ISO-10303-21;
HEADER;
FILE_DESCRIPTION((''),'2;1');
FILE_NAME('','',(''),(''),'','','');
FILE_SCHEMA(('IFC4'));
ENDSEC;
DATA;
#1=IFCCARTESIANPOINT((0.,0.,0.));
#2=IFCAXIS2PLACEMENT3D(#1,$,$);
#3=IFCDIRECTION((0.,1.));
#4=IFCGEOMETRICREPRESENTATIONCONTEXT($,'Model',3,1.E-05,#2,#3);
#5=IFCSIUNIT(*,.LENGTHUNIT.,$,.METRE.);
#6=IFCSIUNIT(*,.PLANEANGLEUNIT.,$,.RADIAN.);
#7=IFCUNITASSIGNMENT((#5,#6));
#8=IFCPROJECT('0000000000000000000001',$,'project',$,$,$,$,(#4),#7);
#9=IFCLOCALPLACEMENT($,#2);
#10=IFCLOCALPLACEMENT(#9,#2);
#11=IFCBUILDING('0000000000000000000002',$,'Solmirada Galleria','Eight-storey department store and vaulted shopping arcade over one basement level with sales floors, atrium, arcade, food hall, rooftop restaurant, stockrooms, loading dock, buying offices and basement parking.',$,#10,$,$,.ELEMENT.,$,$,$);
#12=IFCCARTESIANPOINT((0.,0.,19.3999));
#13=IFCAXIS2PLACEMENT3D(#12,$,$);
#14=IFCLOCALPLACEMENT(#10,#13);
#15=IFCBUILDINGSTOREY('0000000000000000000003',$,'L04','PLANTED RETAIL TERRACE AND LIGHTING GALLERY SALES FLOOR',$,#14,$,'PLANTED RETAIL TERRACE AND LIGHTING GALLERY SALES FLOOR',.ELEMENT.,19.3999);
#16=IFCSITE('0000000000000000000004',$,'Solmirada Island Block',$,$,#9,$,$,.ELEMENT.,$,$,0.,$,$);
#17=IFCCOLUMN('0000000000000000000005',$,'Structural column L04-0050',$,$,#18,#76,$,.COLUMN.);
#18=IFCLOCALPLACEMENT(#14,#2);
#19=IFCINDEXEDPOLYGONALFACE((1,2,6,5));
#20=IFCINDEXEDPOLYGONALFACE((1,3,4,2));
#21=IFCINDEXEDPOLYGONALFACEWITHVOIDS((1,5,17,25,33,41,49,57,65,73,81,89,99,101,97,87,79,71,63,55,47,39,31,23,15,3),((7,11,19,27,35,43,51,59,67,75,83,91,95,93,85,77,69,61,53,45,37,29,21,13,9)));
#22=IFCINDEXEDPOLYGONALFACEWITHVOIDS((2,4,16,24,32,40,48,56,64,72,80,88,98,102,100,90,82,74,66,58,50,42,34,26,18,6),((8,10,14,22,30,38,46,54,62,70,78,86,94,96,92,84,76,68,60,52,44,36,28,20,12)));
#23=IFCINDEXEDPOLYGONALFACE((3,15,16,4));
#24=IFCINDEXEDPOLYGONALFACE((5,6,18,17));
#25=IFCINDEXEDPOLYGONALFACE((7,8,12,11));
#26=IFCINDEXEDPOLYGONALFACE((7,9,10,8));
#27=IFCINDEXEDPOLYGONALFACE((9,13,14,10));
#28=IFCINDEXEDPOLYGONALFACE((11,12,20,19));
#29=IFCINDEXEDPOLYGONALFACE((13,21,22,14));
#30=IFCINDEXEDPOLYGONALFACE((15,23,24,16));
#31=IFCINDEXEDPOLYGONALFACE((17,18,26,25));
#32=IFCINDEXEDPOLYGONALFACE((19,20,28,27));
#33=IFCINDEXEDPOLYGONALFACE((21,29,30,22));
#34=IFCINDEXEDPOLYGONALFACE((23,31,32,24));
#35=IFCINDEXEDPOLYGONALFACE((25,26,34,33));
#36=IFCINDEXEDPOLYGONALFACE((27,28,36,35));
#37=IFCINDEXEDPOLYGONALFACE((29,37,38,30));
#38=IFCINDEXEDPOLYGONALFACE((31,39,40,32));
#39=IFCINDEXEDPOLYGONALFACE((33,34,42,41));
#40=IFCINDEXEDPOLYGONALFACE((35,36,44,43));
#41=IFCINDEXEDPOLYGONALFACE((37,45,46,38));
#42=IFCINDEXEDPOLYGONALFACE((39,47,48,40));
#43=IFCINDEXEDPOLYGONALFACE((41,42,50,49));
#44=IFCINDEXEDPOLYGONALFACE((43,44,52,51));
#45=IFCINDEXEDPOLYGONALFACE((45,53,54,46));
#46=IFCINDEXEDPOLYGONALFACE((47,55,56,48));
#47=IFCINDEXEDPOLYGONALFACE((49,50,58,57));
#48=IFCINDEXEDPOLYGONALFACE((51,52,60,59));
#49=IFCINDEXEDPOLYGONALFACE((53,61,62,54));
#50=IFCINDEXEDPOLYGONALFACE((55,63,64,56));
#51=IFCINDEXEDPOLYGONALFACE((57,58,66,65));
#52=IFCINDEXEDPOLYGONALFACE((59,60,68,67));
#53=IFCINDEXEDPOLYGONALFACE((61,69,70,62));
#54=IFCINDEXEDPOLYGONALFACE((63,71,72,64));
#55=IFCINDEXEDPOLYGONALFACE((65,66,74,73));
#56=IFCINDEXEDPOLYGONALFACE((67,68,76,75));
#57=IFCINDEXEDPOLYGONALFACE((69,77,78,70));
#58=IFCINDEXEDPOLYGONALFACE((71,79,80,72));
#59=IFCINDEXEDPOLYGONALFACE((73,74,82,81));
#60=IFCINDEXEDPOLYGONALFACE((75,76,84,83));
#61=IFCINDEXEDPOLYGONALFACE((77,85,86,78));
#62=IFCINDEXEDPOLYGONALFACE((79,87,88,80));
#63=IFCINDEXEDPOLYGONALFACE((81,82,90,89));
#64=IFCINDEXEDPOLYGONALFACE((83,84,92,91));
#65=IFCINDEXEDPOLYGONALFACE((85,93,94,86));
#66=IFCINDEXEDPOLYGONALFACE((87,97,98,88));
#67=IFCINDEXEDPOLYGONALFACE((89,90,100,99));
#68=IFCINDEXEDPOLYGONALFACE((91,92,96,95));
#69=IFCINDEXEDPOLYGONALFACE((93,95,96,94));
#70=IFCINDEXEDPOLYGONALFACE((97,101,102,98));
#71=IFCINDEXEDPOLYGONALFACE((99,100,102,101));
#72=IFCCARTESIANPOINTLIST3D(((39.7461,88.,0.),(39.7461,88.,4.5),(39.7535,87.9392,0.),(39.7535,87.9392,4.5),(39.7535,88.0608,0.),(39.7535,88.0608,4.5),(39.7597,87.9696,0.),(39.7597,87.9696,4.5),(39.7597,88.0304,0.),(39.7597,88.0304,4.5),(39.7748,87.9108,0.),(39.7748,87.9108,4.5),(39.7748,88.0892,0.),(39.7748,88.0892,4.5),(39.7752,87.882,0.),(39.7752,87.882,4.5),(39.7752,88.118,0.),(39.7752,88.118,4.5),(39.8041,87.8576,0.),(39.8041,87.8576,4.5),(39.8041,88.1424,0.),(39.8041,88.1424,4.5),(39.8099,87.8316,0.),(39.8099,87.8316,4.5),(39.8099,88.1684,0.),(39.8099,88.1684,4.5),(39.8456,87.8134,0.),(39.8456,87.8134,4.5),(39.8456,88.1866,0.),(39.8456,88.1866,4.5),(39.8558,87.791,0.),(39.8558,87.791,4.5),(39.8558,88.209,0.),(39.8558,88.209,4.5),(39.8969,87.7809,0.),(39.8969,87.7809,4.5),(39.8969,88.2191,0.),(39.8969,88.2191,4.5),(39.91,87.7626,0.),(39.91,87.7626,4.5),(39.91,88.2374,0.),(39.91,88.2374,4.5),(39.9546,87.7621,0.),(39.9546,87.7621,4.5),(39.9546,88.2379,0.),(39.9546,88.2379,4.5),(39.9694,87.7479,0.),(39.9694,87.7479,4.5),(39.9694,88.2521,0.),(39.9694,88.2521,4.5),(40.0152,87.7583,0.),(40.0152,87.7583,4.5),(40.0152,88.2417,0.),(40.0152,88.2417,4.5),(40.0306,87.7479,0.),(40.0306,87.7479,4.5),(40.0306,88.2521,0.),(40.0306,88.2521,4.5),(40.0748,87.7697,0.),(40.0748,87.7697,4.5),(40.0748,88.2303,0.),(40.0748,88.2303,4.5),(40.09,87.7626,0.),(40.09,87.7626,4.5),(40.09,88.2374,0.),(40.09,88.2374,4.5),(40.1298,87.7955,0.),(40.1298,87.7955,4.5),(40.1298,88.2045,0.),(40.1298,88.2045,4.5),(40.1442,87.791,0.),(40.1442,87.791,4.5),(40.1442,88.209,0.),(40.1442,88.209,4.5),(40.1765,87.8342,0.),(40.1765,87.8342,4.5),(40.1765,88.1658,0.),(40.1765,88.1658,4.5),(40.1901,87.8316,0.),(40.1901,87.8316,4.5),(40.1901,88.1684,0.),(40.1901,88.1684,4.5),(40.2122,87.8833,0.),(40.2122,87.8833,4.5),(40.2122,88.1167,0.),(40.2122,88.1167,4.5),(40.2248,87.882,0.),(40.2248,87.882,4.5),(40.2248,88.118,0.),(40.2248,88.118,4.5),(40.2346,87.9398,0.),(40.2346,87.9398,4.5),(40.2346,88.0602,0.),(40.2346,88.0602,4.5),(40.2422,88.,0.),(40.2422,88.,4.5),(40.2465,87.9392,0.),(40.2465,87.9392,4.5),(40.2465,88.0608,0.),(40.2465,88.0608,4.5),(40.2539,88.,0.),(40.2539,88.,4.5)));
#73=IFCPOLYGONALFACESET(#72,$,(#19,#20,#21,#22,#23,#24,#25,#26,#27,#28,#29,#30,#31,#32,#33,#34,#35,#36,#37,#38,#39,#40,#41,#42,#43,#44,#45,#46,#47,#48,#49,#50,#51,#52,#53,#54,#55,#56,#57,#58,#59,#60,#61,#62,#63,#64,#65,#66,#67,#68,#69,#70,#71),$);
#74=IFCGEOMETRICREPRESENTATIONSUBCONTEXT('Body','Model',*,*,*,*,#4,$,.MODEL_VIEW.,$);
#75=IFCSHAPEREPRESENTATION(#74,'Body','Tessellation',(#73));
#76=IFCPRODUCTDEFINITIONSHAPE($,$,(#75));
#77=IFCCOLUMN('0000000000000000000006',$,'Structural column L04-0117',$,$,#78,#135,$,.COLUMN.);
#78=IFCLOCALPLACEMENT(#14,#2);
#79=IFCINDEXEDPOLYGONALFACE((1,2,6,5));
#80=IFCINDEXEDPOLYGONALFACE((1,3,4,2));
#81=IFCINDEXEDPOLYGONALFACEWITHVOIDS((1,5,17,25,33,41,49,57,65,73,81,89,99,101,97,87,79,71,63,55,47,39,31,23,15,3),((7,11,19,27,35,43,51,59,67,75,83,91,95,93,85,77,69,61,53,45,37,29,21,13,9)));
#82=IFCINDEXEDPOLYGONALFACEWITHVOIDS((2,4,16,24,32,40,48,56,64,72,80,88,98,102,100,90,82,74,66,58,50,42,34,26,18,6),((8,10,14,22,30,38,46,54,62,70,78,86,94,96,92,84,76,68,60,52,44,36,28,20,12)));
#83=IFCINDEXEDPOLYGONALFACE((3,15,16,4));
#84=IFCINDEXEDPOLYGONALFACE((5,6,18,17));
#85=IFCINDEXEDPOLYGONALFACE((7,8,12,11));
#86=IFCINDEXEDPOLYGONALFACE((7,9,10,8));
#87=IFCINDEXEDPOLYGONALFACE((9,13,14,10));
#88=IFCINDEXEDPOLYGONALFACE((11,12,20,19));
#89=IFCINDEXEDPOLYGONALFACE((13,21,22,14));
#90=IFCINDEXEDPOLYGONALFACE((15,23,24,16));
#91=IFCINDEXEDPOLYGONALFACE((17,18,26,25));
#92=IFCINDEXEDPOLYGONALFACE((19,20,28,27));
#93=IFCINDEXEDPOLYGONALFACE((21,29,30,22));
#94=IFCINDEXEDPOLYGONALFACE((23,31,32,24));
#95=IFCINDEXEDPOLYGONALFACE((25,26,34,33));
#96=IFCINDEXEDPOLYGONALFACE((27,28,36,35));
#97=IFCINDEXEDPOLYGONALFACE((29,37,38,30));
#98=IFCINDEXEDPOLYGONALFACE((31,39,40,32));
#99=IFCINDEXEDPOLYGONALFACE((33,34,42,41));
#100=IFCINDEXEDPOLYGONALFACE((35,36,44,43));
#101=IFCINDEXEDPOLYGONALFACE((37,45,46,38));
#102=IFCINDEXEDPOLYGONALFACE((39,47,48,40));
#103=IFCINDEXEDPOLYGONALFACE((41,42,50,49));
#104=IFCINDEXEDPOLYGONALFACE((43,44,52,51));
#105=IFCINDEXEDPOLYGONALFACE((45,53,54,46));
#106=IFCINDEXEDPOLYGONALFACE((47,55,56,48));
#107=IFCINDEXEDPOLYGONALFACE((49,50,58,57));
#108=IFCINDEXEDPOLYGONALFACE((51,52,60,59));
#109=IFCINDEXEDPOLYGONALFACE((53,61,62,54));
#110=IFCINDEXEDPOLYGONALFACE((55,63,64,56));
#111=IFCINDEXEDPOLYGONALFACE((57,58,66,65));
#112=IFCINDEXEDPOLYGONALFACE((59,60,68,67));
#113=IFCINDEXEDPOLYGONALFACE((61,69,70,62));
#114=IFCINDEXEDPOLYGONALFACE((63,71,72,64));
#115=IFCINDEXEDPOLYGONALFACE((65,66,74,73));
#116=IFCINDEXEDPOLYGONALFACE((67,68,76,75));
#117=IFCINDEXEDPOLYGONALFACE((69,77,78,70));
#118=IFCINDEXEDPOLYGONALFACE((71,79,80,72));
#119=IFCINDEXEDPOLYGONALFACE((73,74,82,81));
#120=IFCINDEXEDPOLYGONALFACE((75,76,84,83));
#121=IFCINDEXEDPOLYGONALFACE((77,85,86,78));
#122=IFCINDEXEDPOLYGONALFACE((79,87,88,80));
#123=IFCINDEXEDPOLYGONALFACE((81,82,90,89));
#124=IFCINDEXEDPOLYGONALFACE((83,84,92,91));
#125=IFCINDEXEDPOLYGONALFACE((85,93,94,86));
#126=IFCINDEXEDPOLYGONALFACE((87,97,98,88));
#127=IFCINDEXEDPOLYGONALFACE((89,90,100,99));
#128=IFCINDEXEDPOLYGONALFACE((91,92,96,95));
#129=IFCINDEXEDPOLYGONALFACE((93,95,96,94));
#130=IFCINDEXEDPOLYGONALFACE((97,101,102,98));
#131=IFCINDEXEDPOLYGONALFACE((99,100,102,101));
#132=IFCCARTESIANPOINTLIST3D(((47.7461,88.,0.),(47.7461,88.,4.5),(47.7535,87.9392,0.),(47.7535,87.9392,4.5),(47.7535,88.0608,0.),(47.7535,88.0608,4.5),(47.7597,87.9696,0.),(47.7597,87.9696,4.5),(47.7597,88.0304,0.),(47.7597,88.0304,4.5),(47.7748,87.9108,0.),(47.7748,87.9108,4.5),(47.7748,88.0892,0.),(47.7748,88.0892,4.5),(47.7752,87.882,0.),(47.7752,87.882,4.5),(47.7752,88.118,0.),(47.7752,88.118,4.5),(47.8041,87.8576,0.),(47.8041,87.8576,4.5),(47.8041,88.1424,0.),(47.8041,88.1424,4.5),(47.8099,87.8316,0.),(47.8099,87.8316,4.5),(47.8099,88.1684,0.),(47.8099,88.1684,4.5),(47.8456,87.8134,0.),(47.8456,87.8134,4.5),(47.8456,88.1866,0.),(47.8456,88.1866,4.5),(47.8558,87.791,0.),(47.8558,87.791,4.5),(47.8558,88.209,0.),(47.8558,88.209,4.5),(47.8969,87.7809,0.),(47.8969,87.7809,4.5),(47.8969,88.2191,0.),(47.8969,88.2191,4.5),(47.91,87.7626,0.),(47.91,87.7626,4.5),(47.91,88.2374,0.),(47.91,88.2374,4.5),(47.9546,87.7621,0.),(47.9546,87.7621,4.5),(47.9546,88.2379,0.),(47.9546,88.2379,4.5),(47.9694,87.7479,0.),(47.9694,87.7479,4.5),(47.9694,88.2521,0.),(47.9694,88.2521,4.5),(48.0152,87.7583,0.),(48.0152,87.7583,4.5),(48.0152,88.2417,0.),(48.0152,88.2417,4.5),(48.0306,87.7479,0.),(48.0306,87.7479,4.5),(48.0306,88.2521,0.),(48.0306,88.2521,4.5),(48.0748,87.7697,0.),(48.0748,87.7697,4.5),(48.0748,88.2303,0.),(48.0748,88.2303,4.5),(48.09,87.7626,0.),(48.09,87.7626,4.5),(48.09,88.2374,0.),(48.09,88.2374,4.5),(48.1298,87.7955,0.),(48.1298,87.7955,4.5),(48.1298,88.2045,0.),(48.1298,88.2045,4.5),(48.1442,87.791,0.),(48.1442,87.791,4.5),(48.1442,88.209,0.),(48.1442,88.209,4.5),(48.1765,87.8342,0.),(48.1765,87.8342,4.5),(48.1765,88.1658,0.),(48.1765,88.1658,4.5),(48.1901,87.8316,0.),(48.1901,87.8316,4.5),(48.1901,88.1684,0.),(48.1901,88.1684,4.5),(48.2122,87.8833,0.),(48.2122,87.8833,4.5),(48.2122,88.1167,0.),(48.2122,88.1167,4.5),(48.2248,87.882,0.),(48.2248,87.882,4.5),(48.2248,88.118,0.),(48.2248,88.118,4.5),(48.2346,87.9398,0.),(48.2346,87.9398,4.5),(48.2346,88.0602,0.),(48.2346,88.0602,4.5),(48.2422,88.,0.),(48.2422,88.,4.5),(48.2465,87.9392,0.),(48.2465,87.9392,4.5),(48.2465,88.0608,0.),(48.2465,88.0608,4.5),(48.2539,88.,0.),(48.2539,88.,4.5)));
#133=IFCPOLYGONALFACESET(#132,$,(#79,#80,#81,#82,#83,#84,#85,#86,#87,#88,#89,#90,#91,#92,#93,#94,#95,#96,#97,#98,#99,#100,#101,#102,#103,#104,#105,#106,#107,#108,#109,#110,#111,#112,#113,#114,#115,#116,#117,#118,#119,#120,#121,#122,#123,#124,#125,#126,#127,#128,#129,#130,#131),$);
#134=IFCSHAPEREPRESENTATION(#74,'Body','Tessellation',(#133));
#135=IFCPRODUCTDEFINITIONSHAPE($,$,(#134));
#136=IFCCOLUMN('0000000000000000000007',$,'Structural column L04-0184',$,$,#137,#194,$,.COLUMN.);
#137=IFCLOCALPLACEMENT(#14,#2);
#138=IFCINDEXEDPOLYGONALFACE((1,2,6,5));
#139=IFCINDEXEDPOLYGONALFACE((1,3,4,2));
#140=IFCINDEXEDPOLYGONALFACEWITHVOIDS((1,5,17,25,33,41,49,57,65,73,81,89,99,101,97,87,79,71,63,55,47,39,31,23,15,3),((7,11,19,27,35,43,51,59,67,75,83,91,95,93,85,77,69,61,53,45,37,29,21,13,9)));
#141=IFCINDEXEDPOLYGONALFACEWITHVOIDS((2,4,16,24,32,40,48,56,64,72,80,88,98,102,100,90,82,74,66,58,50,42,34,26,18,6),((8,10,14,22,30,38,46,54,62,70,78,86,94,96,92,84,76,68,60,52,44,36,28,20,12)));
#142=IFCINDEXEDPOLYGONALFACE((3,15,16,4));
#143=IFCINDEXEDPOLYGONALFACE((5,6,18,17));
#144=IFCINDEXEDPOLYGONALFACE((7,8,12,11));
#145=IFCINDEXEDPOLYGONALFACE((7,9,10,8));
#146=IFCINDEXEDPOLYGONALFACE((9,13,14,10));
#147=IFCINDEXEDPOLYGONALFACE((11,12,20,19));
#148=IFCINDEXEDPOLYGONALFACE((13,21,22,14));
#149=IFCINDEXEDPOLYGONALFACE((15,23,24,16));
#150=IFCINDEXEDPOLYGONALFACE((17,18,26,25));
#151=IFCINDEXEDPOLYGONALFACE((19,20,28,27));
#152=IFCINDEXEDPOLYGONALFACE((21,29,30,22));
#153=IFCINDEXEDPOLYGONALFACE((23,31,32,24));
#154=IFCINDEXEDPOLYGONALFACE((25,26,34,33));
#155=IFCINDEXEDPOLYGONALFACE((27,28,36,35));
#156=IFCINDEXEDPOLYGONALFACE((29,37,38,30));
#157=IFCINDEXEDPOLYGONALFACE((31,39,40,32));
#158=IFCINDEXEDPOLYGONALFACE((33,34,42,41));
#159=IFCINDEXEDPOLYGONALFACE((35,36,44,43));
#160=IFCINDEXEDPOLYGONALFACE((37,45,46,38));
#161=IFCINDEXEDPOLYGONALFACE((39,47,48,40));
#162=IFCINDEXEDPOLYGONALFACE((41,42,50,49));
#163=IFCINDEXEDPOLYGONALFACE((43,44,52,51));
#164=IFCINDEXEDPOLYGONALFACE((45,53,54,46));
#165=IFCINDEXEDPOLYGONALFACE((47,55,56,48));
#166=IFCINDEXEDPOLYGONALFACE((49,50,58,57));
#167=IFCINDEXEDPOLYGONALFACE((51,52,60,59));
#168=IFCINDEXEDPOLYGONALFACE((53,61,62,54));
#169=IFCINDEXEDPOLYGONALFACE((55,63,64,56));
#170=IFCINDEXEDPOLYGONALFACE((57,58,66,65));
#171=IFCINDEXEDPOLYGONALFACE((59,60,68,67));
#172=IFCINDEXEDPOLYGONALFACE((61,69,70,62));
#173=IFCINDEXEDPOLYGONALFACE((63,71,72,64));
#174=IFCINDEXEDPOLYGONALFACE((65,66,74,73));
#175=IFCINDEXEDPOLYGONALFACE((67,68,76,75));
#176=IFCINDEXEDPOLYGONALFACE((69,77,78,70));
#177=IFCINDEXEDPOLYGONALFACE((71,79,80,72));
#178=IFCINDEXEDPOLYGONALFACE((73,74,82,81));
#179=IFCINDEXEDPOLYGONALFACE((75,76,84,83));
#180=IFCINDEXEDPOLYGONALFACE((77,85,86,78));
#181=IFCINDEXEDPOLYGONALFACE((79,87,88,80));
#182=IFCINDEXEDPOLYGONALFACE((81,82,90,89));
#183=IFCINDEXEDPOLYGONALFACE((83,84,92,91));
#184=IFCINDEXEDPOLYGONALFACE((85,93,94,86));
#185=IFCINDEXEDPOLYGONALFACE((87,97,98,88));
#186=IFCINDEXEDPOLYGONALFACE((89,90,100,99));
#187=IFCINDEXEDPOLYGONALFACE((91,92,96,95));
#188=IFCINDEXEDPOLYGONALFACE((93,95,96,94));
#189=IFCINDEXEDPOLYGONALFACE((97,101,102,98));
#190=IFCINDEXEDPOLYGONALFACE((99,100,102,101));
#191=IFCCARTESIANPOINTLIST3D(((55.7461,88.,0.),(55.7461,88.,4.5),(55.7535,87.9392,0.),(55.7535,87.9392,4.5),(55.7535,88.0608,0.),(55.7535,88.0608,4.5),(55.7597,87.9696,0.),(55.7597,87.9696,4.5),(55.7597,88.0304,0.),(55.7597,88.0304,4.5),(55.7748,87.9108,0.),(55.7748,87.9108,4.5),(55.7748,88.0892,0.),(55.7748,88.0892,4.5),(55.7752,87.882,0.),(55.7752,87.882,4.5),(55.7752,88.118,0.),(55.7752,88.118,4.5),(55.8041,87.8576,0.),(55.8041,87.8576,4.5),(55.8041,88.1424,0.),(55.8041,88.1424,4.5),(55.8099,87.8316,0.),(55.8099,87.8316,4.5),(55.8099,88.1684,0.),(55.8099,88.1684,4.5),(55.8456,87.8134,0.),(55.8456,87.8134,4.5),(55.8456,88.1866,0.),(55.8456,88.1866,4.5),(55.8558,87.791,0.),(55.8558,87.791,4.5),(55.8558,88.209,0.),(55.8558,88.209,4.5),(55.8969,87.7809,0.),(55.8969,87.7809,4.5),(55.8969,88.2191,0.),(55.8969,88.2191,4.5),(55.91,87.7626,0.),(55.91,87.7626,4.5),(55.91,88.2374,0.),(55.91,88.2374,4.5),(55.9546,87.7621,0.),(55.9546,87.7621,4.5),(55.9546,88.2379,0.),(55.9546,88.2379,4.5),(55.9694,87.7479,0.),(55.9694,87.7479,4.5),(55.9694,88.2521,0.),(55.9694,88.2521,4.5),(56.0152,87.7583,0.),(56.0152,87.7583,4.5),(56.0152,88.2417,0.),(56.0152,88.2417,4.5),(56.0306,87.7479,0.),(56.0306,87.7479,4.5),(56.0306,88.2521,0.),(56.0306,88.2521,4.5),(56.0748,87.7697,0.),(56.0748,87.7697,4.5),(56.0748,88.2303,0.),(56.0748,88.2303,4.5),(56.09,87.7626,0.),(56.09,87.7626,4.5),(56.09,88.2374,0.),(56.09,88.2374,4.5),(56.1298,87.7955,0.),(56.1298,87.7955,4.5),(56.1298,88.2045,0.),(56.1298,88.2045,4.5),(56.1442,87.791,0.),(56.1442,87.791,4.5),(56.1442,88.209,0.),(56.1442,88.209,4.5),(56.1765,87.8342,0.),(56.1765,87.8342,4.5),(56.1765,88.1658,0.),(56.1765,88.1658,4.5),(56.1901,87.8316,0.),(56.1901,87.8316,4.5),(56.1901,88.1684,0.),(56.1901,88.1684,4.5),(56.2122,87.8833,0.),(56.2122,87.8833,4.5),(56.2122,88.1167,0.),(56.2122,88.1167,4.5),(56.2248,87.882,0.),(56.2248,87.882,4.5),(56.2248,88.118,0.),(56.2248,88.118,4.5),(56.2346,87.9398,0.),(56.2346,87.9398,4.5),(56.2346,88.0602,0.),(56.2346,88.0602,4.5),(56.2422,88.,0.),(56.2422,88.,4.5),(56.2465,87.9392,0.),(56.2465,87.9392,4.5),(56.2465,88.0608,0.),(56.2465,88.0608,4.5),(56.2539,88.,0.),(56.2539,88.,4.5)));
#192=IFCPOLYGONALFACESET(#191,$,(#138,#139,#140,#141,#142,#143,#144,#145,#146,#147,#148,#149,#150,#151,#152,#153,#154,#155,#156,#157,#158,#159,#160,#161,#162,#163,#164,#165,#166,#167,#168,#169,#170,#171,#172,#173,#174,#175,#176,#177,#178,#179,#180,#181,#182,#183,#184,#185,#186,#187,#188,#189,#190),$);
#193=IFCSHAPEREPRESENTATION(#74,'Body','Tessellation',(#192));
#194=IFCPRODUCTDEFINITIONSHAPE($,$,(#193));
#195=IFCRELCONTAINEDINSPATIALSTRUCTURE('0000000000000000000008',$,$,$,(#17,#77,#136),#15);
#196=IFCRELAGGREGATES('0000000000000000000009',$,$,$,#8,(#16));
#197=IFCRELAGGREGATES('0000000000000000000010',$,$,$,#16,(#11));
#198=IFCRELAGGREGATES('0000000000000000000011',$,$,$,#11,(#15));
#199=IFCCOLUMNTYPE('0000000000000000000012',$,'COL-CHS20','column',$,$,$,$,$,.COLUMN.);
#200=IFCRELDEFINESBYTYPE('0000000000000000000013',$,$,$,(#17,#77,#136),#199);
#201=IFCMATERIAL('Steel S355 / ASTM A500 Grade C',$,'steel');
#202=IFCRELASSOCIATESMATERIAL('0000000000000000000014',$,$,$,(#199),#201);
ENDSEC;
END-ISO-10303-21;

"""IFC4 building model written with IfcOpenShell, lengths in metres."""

from ifc_helpers import new_model, si_unit, direction, frame, origin, origin_2d, place, context, subcontext, project, spatial, hollow_circle, extrude, material, material_profile, profile_set, type_object, element, save


model = new_model("IFC4")

# Units and contexts
model_context = context("Model", 3, precision=1e-05, world=origin(), true_north=direction((0.0, 1.0)))
body_context = subcontext(model_context, "Body", "Model", "MODEL_VIEW")
ifc_project = project(units=[si_unit("LENGTHUNIT", "METRE"), si_unit("PLANEANGLEUNIT", "RADIAN")], contexts=[model_context])

# Site, building, storey
site_placement = place(None, origin())
site = spatial("IfcSite", under=ifc_project, at=site_placement, Name="Solmirada Island Block", CompositionType="ELEMENT", RefElevation=0.0)
building_placement = place(site_placement, origin())
building = spatial("IfcBuilding", under=site, at=building_placement, Name="Solmirada Galleria", Description="Eight-storey department store and vaulted shopping arcade over one basement level with sales floors, atrium, arcade, food hall, rooftop restaurant, stockrooms, loading dock, buying offices and basement parking.", CompositionType="ELEMENT")
storey_placement = place(building_placement, frame((0.0, 0.0, 19.3999)))
storey = spatial("IfcBuildingStorey", under=building, at=storey_placement, Name="L04", Description="PLANTED RETAIL TERRACE AND LIGHTING GALLERY SALES FLOOR", LongName="PLANTED RETAIL TERRACE AND LIGHTING GALLERY SALES FLOOR", CompositionType="ELEMENT", Elevation=19.3999)

# Columns
ifc_material_1 = material(Name="Steel S355 / ASTM A500 Grade C", Category="steel")
ifc_material_profile_1 = material_profile(ifc_material_1, hollow_circle(Radius=0.2539, WallThickness=0.0117, at=origin_2d()), Name="HSS20.000X0.500")
ifc_profile_set_1 = profile_set([ifc_material_profile_1], Name="Steel S355 / ASTM A500 Grade C")
column_type = type_object("IfcColumnType", Name="COL-CHS20", Description="column", PredefinedType="COLUMN", material=ifc_profile_set_1)
for number, where, z_axis, x_axis, name in (
    (1, (40.0, 88.0, 0.0), (0.0, 0.0, 1.0), (1.0, 0.0, 0.0), "Structural column L04-0050"),
    (2, (48.0, 88.0, 0.0), (0.0, 0.0, 1.0), (1.0, 0.0, 0.0), "Structural column L04-0117"),
    (3, (56.0, 88.0, 0.0), (0.0, 0.0, 1.0), (1.0, 0.0, 0.0), "Structural column L04-0184"),
):
    element("IfcColumn", number, at=place(storey_placement, frame(where, z_axis=z_axis, x_axis=x_axis)), inside=storey, type_object=column_type, Name=name, PredefinedType="COLUMN", context=body_context, shape_type="SweptSolid", body=[
        extrude(hollow_circle(Radius=0.2539, WallThickness=0.0117, at=origin_2d()), origin(), (0.0, 0.0, 1.0), 4.5),
    ])

save(model, "model.ifc")
